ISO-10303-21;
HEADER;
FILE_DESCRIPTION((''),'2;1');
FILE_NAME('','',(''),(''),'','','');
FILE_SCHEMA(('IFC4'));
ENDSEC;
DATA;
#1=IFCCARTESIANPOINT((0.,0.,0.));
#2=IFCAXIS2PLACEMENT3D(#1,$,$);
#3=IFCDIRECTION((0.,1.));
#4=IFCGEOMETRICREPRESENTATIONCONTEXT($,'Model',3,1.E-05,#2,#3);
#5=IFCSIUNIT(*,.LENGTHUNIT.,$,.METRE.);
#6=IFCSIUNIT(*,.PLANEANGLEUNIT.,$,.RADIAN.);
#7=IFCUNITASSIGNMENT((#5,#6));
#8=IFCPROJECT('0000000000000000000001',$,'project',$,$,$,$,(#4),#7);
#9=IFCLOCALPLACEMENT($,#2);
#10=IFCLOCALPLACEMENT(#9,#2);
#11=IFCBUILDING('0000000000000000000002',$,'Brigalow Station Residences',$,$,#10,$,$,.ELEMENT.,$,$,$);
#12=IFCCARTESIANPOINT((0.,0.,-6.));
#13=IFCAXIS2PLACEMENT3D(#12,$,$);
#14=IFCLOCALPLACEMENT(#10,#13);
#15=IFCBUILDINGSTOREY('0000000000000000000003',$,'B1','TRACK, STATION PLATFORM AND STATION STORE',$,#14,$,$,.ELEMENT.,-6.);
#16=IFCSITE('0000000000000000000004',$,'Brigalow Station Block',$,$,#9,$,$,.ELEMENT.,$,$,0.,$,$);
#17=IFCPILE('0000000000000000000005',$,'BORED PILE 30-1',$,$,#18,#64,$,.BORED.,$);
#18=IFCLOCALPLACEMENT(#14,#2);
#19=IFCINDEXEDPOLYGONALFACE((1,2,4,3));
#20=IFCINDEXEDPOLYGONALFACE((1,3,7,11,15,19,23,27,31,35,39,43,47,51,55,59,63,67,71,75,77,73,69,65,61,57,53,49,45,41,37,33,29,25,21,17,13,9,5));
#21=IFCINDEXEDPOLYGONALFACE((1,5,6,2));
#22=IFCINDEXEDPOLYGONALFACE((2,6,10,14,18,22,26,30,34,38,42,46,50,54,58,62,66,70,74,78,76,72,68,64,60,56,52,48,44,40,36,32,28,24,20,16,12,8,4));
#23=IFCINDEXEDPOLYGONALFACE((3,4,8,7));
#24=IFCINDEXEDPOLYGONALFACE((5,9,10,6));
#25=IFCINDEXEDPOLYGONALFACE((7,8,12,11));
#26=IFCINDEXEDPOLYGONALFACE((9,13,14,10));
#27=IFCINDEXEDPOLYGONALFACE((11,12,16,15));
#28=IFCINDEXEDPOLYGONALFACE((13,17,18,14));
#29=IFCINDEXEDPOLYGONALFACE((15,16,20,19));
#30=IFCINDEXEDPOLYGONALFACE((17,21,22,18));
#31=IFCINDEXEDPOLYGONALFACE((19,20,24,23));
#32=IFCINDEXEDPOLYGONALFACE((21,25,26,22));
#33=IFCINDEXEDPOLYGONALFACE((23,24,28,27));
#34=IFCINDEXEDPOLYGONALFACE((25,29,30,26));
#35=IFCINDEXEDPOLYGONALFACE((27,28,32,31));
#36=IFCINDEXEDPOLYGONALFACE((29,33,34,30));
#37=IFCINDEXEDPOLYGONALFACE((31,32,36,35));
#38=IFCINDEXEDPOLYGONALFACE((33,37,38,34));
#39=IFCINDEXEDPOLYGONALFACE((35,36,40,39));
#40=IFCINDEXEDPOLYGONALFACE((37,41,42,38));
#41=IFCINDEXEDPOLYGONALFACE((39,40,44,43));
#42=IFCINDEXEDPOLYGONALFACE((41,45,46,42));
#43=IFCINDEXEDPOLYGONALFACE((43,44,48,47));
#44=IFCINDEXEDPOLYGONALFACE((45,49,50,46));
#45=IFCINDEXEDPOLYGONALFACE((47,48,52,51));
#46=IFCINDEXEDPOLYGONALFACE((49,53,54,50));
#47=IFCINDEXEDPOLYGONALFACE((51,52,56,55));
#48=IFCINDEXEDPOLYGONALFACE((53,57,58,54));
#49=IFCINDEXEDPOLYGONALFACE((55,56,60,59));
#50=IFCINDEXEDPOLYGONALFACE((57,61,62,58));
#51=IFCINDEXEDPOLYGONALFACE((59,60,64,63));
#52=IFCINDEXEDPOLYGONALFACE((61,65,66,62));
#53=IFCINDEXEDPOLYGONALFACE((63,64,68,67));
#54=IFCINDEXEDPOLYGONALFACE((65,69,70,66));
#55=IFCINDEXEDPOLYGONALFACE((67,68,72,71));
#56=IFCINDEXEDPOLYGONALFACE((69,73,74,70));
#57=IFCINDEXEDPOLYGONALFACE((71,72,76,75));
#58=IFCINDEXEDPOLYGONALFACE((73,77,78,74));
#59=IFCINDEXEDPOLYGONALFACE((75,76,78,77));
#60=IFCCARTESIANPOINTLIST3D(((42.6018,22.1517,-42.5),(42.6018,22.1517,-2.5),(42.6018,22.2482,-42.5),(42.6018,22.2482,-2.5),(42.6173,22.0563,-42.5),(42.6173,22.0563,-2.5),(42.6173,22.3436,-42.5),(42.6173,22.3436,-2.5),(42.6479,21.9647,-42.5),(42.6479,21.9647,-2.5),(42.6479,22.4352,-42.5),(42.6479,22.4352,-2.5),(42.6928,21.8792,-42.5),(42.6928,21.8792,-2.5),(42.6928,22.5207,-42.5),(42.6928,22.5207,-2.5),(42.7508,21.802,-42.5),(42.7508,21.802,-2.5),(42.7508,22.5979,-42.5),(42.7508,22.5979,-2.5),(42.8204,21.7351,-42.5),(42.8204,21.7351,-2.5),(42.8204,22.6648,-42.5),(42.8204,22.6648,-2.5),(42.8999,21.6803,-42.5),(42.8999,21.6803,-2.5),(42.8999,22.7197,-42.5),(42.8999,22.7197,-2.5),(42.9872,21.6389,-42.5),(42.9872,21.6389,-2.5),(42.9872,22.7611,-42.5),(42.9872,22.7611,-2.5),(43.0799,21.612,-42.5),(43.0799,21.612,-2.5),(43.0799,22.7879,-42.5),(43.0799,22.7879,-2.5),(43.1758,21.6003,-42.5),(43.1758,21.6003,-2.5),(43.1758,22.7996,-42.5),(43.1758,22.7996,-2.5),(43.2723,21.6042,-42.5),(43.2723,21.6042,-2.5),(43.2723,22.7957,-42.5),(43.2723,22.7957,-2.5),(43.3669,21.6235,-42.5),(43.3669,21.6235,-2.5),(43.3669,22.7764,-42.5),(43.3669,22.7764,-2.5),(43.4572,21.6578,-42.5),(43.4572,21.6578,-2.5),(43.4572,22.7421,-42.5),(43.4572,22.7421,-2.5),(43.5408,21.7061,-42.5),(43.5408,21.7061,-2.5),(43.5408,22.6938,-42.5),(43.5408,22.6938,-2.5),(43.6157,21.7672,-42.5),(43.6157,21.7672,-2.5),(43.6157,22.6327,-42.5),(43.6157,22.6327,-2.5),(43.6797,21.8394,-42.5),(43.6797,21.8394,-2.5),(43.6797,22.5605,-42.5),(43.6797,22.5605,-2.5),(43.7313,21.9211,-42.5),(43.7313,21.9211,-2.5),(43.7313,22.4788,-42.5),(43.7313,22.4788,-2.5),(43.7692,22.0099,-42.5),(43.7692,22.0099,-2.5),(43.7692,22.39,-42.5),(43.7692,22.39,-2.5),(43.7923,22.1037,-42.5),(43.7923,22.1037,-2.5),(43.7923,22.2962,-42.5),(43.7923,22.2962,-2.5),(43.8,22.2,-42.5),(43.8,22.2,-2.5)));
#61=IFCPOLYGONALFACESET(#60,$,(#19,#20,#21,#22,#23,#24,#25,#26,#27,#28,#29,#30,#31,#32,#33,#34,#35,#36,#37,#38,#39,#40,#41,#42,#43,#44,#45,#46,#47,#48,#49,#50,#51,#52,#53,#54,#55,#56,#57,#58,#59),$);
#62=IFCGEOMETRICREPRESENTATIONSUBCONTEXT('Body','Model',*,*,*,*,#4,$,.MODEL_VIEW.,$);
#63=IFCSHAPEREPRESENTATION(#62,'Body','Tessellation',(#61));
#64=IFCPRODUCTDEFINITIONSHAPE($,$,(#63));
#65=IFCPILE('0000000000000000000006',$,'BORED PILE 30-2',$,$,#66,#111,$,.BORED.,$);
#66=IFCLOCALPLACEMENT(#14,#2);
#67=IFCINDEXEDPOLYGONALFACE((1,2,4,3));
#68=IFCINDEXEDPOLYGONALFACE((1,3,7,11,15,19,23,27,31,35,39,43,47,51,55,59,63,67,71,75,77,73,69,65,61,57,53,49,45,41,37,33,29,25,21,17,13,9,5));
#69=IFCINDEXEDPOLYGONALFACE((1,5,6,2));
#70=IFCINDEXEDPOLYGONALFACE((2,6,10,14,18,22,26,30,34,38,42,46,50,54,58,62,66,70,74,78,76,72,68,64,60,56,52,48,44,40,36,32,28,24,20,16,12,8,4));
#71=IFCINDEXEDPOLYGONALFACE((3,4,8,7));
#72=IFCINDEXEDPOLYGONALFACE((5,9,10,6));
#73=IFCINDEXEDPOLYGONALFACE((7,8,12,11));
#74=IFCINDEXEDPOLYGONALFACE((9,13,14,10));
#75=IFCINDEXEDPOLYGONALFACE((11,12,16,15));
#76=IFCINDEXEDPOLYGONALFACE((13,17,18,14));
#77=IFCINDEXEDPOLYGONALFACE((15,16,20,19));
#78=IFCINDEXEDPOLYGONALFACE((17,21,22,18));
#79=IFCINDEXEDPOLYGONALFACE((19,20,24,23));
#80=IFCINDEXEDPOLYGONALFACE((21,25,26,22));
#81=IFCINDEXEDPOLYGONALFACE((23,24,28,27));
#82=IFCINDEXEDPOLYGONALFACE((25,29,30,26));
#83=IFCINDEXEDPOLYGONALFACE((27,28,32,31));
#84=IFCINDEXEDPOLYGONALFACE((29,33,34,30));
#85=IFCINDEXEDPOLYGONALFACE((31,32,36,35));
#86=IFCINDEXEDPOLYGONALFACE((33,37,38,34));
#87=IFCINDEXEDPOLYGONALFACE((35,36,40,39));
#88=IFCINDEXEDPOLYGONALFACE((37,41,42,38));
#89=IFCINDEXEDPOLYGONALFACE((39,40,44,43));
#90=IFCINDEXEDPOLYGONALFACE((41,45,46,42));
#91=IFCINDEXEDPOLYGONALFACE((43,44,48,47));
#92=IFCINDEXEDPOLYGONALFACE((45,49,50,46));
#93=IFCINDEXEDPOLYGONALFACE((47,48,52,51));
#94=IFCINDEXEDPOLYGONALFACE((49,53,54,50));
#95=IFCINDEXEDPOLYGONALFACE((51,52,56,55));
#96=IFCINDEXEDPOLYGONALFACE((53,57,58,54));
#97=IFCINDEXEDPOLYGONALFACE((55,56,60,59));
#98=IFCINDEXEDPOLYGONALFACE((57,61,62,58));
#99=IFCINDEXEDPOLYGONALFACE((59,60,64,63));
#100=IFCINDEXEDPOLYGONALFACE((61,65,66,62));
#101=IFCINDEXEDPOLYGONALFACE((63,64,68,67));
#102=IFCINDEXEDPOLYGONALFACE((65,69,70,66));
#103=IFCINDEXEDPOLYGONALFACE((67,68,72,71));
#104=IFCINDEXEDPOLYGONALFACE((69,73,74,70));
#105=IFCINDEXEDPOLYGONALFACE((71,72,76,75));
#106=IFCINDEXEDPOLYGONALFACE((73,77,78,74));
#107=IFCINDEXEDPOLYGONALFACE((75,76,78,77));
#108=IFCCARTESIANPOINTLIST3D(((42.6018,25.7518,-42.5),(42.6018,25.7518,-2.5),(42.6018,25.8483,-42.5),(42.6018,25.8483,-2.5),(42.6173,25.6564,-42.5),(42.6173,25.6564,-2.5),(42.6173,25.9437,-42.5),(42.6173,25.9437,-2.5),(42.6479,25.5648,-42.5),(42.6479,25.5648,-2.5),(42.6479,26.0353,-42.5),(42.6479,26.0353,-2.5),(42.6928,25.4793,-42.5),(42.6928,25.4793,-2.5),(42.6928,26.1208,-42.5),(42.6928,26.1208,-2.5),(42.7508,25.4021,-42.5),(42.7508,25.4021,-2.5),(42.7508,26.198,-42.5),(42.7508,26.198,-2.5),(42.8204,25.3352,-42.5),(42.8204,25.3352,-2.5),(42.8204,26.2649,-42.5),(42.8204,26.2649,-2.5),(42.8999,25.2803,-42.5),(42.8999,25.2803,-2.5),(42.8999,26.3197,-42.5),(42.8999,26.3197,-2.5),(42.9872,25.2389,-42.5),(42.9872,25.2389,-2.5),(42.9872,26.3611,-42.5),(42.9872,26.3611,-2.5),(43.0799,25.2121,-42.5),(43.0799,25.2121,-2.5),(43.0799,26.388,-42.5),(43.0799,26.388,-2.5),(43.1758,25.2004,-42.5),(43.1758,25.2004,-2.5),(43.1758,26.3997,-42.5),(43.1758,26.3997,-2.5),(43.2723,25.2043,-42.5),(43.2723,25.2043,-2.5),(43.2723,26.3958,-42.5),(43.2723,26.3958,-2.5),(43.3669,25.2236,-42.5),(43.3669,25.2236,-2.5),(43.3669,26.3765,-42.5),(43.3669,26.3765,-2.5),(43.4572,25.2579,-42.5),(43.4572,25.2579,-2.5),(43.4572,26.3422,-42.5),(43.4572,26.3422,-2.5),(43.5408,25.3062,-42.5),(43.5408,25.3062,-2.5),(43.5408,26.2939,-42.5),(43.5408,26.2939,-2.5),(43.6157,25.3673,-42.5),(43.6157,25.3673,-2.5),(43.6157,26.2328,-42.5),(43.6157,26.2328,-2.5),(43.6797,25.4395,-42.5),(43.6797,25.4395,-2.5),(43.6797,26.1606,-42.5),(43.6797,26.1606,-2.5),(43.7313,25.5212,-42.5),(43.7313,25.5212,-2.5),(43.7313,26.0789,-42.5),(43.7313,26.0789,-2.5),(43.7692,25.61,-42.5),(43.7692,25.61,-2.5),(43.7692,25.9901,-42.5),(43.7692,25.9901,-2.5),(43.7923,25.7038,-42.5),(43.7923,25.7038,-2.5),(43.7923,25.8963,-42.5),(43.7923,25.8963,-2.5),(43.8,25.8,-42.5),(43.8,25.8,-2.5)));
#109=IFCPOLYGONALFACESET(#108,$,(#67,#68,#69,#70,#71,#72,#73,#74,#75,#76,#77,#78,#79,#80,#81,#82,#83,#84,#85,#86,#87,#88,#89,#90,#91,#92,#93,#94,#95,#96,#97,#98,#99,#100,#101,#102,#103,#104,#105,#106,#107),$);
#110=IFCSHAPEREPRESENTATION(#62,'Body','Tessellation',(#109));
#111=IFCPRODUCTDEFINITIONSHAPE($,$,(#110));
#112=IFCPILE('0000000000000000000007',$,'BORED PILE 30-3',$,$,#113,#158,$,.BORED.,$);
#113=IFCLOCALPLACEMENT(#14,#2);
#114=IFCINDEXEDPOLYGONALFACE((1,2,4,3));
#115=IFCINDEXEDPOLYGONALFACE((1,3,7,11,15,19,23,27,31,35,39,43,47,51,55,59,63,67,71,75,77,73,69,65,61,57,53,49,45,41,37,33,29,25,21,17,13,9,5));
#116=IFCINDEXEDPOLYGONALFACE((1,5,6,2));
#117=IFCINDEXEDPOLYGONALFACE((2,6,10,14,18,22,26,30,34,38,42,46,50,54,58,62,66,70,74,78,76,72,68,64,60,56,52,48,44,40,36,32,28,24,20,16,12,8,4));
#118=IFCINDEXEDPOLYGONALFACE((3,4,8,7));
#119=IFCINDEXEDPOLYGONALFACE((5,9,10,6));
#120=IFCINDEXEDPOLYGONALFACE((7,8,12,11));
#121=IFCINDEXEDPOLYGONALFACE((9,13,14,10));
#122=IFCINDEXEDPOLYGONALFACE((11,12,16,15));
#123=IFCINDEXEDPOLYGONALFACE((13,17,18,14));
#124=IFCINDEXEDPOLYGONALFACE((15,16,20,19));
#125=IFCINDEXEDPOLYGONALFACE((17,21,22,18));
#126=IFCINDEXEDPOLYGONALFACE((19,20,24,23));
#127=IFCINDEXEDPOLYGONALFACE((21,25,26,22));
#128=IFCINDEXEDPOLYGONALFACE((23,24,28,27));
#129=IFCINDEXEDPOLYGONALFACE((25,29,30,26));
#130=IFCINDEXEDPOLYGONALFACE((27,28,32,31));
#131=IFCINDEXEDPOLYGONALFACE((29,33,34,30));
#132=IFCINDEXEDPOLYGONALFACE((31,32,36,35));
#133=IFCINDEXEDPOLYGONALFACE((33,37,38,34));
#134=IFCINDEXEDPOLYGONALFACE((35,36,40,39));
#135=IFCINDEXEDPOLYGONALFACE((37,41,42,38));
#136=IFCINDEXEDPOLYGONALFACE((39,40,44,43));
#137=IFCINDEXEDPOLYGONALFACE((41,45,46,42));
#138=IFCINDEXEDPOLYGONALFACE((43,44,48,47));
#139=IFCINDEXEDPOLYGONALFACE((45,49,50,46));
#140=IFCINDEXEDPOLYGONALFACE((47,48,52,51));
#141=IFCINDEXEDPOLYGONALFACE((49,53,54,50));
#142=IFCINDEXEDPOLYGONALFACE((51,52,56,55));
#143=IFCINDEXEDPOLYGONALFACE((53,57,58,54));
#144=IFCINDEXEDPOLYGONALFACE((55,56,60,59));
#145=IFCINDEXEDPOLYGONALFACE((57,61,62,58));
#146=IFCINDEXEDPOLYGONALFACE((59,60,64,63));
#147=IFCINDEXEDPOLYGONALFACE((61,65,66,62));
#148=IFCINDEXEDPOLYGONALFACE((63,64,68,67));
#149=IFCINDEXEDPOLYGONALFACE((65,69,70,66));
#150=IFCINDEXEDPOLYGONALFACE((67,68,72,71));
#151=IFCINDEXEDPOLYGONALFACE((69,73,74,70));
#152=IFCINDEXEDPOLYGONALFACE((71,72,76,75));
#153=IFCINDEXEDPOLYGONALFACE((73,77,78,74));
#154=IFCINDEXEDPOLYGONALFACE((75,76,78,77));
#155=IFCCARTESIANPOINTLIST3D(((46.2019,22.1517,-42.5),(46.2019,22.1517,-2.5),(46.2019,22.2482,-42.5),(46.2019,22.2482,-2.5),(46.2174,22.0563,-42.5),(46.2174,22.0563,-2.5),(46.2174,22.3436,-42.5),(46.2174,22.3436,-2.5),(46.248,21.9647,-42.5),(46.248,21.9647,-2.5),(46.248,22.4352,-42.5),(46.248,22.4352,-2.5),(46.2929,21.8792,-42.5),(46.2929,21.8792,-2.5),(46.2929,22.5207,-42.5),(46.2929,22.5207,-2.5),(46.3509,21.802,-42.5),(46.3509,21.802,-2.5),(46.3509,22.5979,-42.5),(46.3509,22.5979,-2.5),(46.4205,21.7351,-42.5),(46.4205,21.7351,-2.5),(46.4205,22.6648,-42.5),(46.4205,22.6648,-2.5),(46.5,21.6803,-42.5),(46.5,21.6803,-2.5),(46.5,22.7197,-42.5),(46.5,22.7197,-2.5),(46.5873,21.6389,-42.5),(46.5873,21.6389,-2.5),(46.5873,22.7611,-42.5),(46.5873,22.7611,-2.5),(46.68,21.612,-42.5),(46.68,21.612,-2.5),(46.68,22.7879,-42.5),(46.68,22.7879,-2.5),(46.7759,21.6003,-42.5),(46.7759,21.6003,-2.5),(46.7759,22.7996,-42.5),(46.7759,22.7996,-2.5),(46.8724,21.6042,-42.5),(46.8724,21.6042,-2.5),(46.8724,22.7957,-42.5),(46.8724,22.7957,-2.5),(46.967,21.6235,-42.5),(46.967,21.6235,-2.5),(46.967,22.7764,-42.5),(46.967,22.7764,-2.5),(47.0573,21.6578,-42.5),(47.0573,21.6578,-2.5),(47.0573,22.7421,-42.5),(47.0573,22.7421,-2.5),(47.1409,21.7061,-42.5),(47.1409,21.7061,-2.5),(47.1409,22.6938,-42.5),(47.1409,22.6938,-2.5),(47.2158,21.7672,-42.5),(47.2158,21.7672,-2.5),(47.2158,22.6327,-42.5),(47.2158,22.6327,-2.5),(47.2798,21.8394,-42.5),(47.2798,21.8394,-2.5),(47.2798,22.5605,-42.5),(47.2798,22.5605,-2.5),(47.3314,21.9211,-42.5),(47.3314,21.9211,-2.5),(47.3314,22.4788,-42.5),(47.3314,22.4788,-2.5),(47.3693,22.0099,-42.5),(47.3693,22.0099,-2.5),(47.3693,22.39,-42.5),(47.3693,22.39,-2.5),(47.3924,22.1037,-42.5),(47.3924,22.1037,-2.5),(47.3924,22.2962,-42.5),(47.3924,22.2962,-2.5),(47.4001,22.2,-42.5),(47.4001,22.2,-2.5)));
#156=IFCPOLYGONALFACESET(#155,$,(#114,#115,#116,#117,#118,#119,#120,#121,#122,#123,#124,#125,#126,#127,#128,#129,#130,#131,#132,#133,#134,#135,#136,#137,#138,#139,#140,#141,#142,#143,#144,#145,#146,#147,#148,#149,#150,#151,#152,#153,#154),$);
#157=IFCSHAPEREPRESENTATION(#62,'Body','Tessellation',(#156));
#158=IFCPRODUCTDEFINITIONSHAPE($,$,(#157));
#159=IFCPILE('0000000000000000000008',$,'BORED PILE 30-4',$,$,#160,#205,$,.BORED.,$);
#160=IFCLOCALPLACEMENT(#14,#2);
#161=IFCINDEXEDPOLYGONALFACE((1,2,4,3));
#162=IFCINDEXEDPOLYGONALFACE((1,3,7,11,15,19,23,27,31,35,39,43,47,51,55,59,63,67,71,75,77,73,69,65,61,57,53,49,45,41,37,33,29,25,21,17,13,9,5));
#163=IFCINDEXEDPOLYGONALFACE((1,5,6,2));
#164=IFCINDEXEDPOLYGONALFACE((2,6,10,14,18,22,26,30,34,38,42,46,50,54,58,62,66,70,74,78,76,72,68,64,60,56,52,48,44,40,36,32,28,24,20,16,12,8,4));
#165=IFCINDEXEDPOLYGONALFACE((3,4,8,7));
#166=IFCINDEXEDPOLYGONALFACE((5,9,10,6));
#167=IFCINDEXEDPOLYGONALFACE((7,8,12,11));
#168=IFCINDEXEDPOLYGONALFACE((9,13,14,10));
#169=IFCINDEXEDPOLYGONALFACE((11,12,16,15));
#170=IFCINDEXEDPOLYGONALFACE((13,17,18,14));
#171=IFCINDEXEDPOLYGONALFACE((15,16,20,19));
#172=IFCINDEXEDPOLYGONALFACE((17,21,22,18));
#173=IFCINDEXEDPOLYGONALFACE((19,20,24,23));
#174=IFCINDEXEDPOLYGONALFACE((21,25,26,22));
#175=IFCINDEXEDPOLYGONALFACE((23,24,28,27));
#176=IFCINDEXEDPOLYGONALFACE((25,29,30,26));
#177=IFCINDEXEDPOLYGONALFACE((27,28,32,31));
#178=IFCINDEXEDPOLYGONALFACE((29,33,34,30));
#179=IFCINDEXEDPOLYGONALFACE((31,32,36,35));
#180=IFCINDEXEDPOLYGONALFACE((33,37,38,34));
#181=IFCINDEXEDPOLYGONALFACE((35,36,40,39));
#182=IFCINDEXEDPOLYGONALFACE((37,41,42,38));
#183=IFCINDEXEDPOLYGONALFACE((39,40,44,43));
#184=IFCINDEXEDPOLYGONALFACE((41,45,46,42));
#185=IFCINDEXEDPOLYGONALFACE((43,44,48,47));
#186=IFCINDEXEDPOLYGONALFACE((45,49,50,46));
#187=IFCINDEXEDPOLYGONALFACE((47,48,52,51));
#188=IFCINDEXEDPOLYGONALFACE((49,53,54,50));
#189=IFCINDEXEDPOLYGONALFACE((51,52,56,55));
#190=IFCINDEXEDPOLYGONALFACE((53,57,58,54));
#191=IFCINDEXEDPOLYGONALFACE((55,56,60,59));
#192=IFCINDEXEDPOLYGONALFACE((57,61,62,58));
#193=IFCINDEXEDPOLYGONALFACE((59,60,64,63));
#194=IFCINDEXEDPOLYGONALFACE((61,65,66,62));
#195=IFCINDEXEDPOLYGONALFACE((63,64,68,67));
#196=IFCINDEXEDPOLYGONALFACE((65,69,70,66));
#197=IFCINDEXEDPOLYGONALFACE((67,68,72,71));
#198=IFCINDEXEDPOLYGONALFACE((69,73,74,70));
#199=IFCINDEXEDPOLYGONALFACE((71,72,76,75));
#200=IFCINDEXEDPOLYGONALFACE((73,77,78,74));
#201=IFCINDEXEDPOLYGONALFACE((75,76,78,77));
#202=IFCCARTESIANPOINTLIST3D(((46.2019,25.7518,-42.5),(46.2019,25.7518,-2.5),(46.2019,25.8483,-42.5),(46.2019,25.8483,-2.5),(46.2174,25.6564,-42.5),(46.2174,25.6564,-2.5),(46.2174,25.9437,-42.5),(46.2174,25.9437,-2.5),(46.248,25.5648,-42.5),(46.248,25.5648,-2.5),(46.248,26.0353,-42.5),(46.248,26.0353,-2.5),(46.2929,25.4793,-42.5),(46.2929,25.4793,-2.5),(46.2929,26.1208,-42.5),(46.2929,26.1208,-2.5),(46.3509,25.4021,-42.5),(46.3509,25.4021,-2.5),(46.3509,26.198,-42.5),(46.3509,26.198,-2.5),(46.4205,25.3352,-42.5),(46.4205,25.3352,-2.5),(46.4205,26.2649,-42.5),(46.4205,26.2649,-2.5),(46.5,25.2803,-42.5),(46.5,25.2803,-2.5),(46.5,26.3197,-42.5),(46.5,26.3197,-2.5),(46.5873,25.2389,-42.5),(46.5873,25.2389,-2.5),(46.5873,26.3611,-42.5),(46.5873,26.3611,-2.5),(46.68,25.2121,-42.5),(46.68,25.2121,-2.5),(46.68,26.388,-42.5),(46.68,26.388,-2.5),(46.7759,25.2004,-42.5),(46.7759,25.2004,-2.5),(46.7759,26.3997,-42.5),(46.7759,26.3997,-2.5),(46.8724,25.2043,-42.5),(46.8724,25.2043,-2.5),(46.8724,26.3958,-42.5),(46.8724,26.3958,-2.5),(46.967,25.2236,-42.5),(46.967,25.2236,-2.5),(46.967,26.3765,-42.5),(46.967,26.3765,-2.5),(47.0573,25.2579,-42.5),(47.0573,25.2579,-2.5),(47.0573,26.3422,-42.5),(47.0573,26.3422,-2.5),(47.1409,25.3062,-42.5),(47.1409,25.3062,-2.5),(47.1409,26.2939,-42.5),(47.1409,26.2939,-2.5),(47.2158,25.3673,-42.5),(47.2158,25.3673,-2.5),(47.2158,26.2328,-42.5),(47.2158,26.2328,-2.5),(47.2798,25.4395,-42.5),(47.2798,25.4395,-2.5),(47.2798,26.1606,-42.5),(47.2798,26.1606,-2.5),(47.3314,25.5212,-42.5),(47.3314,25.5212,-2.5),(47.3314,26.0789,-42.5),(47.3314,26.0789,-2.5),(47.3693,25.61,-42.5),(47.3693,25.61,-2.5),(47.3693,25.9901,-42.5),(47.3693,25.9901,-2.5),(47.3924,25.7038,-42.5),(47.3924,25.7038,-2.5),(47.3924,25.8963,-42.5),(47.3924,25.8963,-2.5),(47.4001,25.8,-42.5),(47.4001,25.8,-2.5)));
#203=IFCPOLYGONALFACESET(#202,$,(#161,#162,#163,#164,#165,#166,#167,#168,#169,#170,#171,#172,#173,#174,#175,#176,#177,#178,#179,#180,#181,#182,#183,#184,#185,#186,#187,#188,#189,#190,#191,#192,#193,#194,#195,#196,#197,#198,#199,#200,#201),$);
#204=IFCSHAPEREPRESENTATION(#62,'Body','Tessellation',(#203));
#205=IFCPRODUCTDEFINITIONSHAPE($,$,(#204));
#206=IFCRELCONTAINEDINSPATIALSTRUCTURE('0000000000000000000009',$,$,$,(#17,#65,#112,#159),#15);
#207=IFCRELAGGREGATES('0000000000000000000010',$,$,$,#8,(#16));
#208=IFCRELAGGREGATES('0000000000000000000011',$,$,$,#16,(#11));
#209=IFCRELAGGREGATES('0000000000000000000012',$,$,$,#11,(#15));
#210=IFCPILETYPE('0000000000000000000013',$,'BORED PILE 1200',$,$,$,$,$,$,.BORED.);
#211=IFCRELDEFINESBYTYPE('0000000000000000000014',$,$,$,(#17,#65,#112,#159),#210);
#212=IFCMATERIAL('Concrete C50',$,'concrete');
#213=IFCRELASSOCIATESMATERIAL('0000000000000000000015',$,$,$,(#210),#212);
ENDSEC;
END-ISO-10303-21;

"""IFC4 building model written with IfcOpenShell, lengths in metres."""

from ifc_helpers import new_model, si_unit, direction, frame, origin, origin_2d, place, context, subcontext, project, spatial, circle, extrude, material, material_profile, profile_set, type_object, element, save


model = new_model("IFC4")

# Units and contexts
model_context = context("Model", 3, precision=1e-05, world=origin(), true_north=direction((0.0, 1.0)))
body_context = subcontext(model_context, "Body", "Model", "MODEL_VIEW")
ifc_project = project(units=[si_unit("LENGTHUNIT", "METRE"), si_unit("PLANEANGLEUNIT", "RADIAN")], contexts=[model_context])

# Site, building, storey
site_placement = place(None, origin())
site = spatial("IfcSite", under=ifc_project, at=site_placement, Name="Brigalow Station Block", CompositionType="ELEMENT", RefElevation=0.0)
building_placement = place(site_placement, origin())
building = spatial("IfcBuilding", under=site, at=building_placement, Name="Brigalow Station Residences", CompositionType="ELEMENT")
storey_placement = place(building_placement, frame((0.0, 0.0, -6.0)))
storey = spatial("IfcBuildingStorey", under=building, at=storey_placement, Name="B1", Description="TRACK, STATION PLATFORM AND STATION STORE", CompositionType="ELEMENT", Elevation=-6.0)

# Piles
ifc_material_1 = material(Name="Concrete C50", Category="concrete")
ifc_material_profile_1 = material_profile(ifc_material_1, circle(Radius=0.6001, at=origin_2d()), Name="BP1200")
ifc_profile_set_1 = profile_set([ifc_material_profile_1], Name="Concrete C50")
pile_type = type_object("IfcPileType", Name="BORED PILE 1200", PredefinedType="BORED", material=ifc_profile_set_1)
for number, where, z_axis, x_axis, name in (
    (1, (43.2, 22.2, -2.5), (0.0, 0.0, -1.0), (1.0, 0.0, 0.0), "BORED PILE 30-1"),
    (2, (43.2, 25.8, -2.5), (0.0, 0.0, -1.0), (1.0, 0.0, 0.0), "BORED PILE 30-2"),
    (3, (46.8, 22.2, -2.5), (0.0, 0.0, -1.0), (1.0, 0.0, 0.0), "BORED PILE 30-3"),
    (4, (46.8, 25.8, -2.5), (0.0, 0.0, -1.0), (1.0, 0.0, 0.0), "BORED PILE 30-4"),
):
    element("IfcPile", number, at=place(storey_placement, frame(where, z_axis=z_axis, x_axis=x_axis)), inside=storey, type_object=pile_type, Name=name, PredefinedType="BORED", context=body_context, shape_type="SweptSolid", body=[
        extrude(circle(Radius=0.6001, at=origin_2d()), origin(), (0.0, 0.0, 1.0), 40.0),
    ])

save(model, "model.ifc")
